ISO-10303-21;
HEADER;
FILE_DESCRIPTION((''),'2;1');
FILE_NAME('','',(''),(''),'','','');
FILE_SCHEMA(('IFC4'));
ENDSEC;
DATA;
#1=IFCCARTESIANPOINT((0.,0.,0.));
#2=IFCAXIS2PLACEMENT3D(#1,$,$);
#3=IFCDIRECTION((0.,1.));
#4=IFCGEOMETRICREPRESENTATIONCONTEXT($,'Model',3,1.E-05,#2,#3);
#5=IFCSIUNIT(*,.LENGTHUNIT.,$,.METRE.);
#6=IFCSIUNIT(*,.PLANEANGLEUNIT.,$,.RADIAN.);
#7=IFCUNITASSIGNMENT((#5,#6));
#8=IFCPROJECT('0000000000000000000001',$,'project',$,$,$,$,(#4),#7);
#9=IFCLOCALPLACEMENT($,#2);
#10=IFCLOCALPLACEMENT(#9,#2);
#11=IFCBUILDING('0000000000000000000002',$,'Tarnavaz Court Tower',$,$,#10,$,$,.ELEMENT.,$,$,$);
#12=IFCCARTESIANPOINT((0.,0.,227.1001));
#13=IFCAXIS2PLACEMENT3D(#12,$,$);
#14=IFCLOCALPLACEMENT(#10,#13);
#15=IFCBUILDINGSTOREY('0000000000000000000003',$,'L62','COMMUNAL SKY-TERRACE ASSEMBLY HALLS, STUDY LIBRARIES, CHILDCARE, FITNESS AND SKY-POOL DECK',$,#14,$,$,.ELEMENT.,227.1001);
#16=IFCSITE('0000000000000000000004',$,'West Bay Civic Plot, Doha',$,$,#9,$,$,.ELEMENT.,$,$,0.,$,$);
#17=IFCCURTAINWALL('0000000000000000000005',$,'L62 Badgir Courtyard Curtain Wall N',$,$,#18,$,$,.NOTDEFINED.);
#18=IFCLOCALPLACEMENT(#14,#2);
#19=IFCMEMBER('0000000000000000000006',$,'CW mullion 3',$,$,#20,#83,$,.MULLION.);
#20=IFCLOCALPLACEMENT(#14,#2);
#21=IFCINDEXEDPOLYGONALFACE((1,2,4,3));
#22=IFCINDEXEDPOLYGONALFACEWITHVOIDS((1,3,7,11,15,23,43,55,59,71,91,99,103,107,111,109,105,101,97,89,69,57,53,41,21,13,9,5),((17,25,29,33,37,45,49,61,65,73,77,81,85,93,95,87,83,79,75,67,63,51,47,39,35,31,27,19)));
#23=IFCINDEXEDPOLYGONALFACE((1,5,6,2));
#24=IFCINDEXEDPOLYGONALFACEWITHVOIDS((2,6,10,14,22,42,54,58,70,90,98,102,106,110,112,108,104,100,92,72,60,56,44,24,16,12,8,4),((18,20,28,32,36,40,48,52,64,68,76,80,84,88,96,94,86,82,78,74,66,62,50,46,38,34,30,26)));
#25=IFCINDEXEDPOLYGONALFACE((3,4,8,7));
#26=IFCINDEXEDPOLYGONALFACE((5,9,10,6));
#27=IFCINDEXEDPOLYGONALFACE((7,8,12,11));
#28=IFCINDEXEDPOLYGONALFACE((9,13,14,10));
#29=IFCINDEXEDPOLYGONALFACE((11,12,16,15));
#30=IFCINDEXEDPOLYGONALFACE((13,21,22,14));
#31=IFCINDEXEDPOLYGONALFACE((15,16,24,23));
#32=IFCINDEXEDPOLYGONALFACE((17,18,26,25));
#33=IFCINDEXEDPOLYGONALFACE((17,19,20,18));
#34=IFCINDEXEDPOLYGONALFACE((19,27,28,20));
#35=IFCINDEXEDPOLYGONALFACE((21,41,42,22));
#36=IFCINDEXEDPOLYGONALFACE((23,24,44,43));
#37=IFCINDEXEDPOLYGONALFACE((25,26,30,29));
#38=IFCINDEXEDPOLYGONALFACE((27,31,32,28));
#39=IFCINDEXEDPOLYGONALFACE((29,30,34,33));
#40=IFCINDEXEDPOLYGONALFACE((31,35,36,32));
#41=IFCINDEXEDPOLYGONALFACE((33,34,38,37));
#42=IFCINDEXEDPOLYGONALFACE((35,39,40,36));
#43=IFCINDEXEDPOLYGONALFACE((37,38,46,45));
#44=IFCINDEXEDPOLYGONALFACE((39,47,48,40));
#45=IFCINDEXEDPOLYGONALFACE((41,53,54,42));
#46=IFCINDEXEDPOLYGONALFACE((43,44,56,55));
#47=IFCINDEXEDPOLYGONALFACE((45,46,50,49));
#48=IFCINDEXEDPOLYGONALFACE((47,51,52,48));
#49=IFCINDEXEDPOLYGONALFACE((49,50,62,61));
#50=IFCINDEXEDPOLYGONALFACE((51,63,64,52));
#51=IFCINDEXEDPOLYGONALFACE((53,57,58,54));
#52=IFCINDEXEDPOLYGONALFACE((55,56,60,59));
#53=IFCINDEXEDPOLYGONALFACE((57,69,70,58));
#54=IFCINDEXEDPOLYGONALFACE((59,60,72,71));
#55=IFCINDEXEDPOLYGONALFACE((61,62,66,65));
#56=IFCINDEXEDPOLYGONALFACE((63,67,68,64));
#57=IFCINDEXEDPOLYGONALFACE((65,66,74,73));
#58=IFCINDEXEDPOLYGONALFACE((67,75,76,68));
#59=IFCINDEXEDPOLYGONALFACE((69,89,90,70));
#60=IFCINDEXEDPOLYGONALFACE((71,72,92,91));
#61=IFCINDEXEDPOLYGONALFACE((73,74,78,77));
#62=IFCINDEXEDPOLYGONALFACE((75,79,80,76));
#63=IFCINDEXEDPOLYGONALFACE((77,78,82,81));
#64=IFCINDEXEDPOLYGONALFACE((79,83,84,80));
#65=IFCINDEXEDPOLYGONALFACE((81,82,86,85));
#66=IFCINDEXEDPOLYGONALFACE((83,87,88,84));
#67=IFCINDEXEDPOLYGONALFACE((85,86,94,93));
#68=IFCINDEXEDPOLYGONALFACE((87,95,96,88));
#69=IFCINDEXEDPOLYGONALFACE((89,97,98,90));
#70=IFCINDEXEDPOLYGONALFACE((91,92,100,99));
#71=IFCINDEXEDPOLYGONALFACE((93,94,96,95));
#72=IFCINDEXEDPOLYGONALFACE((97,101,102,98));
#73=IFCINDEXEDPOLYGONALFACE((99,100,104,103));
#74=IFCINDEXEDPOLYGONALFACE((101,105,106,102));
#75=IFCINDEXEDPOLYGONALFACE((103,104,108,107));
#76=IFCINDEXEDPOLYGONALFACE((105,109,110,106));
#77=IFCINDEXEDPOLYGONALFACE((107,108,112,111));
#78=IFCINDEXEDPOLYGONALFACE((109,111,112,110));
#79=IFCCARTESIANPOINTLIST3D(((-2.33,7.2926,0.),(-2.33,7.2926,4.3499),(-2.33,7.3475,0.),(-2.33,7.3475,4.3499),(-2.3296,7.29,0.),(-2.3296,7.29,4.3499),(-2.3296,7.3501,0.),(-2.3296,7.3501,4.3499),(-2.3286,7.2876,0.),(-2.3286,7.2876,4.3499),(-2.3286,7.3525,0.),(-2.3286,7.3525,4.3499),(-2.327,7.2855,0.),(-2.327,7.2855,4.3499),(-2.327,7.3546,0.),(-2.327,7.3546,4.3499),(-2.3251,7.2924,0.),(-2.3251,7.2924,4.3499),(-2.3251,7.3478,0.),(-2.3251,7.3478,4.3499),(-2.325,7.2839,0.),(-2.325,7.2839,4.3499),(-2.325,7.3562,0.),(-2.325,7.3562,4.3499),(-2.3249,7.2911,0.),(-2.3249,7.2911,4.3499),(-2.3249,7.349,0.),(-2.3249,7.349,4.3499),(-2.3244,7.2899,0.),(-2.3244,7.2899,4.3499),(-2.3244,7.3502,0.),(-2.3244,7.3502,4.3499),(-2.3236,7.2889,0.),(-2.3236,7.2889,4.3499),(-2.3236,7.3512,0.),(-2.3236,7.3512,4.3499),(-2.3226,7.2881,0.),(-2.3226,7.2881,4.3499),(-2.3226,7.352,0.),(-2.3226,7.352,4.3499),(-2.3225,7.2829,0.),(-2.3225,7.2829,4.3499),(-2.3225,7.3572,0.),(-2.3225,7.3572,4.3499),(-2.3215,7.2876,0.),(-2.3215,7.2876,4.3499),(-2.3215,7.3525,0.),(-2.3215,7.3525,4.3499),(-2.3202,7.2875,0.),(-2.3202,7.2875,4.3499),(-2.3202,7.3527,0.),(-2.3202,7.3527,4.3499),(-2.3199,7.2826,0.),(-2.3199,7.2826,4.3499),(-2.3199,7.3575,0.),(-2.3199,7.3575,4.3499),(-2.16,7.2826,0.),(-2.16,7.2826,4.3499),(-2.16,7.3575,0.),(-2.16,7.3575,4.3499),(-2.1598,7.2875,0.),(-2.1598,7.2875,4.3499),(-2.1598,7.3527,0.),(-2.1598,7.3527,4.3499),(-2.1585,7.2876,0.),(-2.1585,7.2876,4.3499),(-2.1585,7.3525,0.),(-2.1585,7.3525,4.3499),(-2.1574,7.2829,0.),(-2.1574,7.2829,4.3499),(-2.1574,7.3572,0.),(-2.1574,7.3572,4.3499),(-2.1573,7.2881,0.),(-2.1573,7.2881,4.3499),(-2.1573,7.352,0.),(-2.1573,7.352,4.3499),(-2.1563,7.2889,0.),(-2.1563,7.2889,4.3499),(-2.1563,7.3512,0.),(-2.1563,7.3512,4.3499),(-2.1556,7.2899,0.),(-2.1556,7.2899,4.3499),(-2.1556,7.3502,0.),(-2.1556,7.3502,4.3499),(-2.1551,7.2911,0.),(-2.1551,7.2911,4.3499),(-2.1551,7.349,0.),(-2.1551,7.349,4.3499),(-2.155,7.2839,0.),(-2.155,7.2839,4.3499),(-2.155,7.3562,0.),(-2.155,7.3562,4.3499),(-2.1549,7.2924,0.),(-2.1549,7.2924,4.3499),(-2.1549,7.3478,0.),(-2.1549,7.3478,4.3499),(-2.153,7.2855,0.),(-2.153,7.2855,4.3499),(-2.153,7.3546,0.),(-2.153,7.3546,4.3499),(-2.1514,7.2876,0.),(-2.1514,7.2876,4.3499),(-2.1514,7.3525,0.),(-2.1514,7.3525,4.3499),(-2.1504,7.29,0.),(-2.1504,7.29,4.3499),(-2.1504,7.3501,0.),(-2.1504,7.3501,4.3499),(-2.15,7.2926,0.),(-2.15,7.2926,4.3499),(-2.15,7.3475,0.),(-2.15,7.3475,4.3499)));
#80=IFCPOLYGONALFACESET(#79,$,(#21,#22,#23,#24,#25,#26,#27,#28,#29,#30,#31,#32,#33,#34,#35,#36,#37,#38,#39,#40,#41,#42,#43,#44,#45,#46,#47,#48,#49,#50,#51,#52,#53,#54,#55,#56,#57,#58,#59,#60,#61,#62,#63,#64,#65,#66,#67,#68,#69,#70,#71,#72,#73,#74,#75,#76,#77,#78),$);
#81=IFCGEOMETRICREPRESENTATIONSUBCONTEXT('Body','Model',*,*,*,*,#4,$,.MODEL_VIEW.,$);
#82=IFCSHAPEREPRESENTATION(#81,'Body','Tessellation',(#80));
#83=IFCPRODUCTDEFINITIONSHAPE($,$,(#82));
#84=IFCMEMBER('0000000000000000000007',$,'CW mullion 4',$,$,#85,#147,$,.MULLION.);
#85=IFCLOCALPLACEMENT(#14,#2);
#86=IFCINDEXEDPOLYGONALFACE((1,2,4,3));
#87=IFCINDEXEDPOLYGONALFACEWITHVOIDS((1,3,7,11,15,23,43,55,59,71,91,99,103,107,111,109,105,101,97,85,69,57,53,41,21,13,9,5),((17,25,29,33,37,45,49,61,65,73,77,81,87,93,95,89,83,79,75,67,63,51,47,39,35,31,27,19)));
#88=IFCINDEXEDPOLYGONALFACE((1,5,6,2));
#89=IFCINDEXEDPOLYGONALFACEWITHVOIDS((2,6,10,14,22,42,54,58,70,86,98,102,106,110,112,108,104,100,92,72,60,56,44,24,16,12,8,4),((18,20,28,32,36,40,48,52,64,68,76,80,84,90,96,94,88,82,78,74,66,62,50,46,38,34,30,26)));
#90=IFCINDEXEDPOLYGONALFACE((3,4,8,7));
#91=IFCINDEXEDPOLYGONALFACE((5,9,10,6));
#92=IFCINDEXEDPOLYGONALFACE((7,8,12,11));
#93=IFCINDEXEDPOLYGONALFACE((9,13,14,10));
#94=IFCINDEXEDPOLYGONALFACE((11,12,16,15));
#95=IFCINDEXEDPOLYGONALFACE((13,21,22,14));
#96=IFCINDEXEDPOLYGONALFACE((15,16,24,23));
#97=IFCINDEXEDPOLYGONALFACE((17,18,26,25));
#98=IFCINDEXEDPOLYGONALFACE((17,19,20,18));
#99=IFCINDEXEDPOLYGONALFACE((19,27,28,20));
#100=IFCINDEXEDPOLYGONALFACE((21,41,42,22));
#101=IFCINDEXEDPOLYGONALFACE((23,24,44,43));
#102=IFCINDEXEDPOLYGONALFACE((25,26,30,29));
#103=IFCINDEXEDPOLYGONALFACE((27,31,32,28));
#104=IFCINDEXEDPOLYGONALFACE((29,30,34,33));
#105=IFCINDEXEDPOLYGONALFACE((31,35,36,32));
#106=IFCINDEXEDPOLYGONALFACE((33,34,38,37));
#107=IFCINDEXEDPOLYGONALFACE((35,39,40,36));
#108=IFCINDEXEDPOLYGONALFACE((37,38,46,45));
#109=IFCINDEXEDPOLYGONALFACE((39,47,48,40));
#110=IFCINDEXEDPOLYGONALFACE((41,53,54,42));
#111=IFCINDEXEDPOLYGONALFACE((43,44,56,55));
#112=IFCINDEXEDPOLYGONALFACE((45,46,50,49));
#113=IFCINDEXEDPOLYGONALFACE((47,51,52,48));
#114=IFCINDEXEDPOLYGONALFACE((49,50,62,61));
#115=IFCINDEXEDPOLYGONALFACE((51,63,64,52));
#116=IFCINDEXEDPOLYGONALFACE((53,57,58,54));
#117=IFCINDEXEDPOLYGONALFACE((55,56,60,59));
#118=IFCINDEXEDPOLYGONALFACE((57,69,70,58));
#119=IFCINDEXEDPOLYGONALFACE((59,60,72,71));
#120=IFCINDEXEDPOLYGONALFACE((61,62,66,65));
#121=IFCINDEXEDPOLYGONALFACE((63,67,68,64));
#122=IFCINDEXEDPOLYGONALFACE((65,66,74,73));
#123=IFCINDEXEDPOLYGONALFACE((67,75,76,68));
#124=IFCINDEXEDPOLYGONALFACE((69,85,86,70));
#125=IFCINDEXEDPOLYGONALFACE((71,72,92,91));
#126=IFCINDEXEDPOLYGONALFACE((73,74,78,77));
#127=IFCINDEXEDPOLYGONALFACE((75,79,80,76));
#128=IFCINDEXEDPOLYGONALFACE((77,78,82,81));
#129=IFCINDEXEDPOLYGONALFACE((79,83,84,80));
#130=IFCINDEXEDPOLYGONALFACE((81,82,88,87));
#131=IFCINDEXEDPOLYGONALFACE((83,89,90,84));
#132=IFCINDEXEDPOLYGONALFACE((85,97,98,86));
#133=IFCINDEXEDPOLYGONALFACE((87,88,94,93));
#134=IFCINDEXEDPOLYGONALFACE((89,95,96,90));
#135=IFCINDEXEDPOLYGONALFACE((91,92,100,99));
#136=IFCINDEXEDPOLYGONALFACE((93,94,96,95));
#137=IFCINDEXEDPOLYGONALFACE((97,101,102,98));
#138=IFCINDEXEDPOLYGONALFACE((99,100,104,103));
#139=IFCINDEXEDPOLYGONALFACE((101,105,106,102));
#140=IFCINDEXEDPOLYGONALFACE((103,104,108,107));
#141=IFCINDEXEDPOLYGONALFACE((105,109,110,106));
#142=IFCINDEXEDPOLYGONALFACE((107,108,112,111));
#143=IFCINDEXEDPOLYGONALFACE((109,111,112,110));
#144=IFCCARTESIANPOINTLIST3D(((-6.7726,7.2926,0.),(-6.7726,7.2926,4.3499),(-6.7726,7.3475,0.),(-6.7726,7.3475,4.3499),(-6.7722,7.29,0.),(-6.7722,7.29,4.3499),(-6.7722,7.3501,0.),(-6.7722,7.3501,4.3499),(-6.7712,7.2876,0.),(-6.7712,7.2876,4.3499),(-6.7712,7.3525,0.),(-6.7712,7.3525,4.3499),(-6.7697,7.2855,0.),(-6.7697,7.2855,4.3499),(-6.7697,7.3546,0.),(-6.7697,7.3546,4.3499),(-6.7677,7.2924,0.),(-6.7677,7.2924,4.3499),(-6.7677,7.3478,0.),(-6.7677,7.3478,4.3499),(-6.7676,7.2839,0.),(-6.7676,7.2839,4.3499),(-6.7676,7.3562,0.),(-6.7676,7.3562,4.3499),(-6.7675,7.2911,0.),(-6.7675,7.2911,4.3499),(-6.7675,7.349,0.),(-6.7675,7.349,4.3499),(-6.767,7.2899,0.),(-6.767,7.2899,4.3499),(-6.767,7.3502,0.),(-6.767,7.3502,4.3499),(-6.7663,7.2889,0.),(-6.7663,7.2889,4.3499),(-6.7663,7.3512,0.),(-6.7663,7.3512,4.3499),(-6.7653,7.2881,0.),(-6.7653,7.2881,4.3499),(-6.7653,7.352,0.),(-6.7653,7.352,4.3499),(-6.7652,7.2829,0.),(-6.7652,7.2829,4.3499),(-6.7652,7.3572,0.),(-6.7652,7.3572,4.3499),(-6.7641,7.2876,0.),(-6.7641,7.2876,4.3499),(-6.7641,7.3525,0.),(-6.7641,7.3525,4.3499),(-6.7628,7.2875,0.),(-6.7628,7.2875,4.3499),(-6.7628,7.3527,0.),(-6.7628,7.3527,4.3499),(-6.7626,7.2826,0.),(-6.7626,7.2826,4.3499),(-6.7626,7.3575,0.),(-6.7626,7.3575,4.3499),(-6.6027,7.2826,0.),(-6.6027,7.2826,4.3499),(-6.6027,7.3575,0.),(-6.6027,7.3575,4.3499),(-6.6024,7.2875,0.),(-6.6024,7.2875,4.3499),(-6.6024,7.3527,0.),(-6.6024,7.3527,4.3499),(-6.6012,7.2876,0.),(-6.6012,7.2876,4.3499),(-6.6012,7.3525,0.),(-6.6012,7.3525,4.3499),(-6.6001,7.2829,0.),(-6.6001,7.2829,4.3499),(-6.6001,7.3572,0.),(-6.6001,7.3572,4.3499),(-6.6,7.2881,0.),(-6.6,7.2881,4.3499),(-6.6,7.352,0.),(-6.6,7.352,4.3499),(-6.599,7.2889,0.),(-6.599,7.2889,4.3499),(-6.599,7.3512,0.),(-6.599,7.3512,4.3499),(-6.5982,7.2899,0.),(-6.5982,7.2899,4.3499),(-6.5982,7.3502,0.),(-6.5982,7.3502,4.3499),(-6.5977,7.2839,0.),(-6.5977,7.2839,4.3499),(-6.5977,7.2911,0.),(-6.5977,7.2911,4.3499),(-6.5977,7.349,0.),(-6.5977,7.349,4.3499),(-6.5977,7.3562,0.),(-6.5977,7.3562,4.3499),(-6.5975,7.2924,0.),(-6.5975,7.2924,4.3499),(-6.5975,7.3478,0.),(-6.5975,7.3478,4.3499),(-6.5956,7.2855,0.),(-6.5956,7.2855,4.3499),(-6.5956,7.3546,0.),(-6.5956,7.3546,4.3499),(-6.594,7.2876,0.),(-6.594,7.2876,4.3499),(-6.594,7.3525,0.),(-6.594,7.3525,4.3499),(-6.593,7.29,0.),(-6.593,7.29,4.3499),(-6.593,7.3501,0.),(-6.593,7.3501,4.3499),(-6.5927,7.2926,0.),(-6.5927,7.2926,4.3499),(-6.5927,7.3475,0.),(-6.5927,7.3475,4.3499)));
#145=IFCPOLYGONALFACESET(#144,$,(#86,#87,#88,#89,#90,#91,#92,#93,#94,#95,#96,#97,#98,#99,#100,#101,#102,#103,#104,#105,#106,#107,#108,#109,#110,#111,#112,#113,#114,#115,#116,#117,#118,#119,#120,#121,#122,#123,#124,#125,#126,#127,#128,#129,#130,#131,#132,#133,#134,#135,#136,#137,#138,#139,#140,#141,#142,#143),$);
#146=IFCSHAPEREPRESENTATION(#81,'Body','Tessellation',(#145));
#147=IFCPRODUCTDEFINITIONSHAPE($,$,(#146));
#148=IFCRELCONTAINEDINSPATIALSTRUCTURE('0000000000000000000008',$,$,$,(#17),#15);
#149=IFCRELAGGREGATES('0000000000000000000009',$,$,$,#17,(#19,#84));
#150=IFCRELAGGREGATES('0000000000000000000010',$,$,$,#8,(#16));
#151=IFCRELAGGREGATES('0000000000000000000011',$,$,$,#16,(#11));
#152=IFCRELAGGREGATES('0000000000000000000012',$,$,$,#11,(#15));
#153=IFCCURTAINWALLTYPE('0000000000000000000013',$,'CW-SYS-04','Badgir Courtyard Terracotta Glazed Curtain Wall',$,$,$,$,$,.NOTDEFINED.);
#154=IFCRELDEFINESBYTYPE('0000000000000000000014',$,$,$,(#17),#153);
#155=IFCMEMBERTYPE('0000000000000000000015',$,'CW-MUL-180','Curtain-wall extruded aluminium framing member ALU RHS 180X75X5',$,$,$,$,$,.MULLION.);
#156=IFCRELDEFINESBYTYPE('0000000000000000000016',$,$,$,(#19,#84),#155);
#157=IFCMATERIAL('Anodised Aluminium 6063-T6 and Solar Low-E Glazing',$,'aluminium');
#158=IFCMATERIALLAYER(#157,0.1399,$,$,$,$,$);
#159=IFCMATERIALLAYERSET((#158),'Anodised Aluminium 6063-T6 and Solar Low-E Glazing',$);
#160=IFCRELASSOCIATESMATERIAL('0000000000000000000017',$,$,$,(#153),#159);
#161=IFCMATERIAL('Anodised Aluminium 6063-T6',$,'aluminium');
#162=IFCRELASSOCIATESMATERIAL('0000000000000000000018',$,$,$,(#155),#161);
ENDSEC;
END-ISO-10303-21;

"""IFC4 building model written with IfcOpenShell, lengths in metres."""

from ifc_helpers import new_model, si_unit, direction, frame, origin, origin_2d, place, context, subcontext, project, spatial, hollow_rectangle, extrude, material, layer, layer_set, material_profile, profile_set, type_object, element, aggregate, save


model = new_model("IFC4")

# Units and contexts
model_context = context("Model", 3, precision=1e-05, world=origin(), true_north=direction((0.0, 1.0)))
body_context = subcontext(model_context, "Body", "Model", "MODEL_VIEW")
ifc_project = project(units=[si_unit("LENGTHUNIT", "METRE"), si_unit("PLANEANGLEUNIT", "RADIAN")], contexts=[model_context])

# Site, building, storey
site_placement = place(None, origin())
site = spatial("IfcSite", under=ifc_project, at=site_placement, Name="West Bay Civic Plot, Doha", CompositionType="ELEMENT", RefElevation=0.0)
building_placement = place(site_placement, origin())
building = spatial("IfcBuilding", under=site, at=building_placement, Name="Tarnavaz Court Tower", CompositionType="ELEMENT")
storey_placement = place(building_placement, frame((0.0, 0.0, 227.1001)))
storey = spatial("IfcBuildingStorey", under=building, at=storey_placement, Name="L62", Description="COMMUNAL SKY-TERRACE ASSEMBLY HALLS, STUDY LIBRARIES, CHILDCARE, FITNESS AND SKY-POOL DECK", CompositionType="ELEMENT", Elevation=227.1001)

# Curtain wall, members
ifc_material_1 = material(Name="Anodised Aluminium 6063-T6 and Solar Low-E Glazing", Category="aluminium")
ifc_layer_1 = layer(ifc_material_1, 0.1399)
ifc_layer_set_1 = layer_set([ifc_layer_1], Name="Anodised Aluminium 6063-T6 and Solar Low-E Glazing")
curtain_wall_type = type_object("IfcCurtainWallType", Name="CW-SYS-04", Description="Badgir Courtyard Terracotta Glazed Curtain Wall", PredefinedType="NOTDEFINED", material=ifc_layer_set_1)
curtain_wall_placement = place(storey_placement, origin())
curtain_wall = element("IfcCurtainWall", 1, at=curtain_wall_placement, inside=storey, type_object=curtain_wall_type, Name="L62 Badgir Courtyard Curtain Wall N", PredefinedType="NOTDEFINED")
ifc_material_2 = material(Name="Anodised Aluminium 6063-T6", Category="aluminium")
ifc_material_profile_1 = material_profile(ifc_material_2, hollow_rectangle(XDim=0.075, YDim=0.1799, WallThickness=0.0049, InnerFilletRadius=0.0049, OuterFilletRadius=0.01, at=origin_2d()), Name="ALU RHS 180X75X5")
ifc_profile_set_1 = profile_set([ifc_material_profile_1], Name="Anodised Aluminium 6063-T6")
member_type_1 = type_object("IfcMemberType", Name="CW-MUL-180", Description="Curtain-wall extruded aluminium framing member ALU RHS 180X75X5", PredefinedType="MULLION", material=ifc_profile_set_1)
member_1_placement = place(storey_placement, frame((-2.24, 7.3201, 0.0), z_axis=(0.0, 0.0, 1.0), x_axis=(0.0, -1.0, 0.0)))
member_1 = element("IfcMember", 2, at=member_1_placement, type_object=member_type_1, Name="CW mullion 3", PredefinedType="MULLION", context=body_context, shape_type="SweptSolid", body=[
    extrude(hollow_rectangle(XDim=0.075, YDim=0.1799, WallThickness=0.0049, InnerFilletRadius=0.0049, OuterFilletRadius=0.01, at=origin_2d()), origin(), (0.0, 0.0, 1.0), 4.3499),
])
member_2_placement = place(storey_placement, frame((-6.6826, 7.3201, 0.0), z_axis=(0.0, 0.0, 1.0), x_axis=(0.0, -1.0, 0.0)))
member_2 = element("IfcMember", 3, at=member_2_placement, type_object=member_type_1, Name="CW mullion 4", PredefinedType="MULLION", context=body_context, shape_type="SweptSolid", body=[
    extrude(hollow_rectangle(XDim=0.075, YDim=0.1799, WallThickness=0.0049, InnerFilletRadius=0.0049, OuterFilletRadius=0.01, at=origin_2d()), origin(), (0.0, 0.0, 1.0), 4.3499),
])
aggregate(curtain_wall, [member_1, member_2])

save(model, "model.ifc")
